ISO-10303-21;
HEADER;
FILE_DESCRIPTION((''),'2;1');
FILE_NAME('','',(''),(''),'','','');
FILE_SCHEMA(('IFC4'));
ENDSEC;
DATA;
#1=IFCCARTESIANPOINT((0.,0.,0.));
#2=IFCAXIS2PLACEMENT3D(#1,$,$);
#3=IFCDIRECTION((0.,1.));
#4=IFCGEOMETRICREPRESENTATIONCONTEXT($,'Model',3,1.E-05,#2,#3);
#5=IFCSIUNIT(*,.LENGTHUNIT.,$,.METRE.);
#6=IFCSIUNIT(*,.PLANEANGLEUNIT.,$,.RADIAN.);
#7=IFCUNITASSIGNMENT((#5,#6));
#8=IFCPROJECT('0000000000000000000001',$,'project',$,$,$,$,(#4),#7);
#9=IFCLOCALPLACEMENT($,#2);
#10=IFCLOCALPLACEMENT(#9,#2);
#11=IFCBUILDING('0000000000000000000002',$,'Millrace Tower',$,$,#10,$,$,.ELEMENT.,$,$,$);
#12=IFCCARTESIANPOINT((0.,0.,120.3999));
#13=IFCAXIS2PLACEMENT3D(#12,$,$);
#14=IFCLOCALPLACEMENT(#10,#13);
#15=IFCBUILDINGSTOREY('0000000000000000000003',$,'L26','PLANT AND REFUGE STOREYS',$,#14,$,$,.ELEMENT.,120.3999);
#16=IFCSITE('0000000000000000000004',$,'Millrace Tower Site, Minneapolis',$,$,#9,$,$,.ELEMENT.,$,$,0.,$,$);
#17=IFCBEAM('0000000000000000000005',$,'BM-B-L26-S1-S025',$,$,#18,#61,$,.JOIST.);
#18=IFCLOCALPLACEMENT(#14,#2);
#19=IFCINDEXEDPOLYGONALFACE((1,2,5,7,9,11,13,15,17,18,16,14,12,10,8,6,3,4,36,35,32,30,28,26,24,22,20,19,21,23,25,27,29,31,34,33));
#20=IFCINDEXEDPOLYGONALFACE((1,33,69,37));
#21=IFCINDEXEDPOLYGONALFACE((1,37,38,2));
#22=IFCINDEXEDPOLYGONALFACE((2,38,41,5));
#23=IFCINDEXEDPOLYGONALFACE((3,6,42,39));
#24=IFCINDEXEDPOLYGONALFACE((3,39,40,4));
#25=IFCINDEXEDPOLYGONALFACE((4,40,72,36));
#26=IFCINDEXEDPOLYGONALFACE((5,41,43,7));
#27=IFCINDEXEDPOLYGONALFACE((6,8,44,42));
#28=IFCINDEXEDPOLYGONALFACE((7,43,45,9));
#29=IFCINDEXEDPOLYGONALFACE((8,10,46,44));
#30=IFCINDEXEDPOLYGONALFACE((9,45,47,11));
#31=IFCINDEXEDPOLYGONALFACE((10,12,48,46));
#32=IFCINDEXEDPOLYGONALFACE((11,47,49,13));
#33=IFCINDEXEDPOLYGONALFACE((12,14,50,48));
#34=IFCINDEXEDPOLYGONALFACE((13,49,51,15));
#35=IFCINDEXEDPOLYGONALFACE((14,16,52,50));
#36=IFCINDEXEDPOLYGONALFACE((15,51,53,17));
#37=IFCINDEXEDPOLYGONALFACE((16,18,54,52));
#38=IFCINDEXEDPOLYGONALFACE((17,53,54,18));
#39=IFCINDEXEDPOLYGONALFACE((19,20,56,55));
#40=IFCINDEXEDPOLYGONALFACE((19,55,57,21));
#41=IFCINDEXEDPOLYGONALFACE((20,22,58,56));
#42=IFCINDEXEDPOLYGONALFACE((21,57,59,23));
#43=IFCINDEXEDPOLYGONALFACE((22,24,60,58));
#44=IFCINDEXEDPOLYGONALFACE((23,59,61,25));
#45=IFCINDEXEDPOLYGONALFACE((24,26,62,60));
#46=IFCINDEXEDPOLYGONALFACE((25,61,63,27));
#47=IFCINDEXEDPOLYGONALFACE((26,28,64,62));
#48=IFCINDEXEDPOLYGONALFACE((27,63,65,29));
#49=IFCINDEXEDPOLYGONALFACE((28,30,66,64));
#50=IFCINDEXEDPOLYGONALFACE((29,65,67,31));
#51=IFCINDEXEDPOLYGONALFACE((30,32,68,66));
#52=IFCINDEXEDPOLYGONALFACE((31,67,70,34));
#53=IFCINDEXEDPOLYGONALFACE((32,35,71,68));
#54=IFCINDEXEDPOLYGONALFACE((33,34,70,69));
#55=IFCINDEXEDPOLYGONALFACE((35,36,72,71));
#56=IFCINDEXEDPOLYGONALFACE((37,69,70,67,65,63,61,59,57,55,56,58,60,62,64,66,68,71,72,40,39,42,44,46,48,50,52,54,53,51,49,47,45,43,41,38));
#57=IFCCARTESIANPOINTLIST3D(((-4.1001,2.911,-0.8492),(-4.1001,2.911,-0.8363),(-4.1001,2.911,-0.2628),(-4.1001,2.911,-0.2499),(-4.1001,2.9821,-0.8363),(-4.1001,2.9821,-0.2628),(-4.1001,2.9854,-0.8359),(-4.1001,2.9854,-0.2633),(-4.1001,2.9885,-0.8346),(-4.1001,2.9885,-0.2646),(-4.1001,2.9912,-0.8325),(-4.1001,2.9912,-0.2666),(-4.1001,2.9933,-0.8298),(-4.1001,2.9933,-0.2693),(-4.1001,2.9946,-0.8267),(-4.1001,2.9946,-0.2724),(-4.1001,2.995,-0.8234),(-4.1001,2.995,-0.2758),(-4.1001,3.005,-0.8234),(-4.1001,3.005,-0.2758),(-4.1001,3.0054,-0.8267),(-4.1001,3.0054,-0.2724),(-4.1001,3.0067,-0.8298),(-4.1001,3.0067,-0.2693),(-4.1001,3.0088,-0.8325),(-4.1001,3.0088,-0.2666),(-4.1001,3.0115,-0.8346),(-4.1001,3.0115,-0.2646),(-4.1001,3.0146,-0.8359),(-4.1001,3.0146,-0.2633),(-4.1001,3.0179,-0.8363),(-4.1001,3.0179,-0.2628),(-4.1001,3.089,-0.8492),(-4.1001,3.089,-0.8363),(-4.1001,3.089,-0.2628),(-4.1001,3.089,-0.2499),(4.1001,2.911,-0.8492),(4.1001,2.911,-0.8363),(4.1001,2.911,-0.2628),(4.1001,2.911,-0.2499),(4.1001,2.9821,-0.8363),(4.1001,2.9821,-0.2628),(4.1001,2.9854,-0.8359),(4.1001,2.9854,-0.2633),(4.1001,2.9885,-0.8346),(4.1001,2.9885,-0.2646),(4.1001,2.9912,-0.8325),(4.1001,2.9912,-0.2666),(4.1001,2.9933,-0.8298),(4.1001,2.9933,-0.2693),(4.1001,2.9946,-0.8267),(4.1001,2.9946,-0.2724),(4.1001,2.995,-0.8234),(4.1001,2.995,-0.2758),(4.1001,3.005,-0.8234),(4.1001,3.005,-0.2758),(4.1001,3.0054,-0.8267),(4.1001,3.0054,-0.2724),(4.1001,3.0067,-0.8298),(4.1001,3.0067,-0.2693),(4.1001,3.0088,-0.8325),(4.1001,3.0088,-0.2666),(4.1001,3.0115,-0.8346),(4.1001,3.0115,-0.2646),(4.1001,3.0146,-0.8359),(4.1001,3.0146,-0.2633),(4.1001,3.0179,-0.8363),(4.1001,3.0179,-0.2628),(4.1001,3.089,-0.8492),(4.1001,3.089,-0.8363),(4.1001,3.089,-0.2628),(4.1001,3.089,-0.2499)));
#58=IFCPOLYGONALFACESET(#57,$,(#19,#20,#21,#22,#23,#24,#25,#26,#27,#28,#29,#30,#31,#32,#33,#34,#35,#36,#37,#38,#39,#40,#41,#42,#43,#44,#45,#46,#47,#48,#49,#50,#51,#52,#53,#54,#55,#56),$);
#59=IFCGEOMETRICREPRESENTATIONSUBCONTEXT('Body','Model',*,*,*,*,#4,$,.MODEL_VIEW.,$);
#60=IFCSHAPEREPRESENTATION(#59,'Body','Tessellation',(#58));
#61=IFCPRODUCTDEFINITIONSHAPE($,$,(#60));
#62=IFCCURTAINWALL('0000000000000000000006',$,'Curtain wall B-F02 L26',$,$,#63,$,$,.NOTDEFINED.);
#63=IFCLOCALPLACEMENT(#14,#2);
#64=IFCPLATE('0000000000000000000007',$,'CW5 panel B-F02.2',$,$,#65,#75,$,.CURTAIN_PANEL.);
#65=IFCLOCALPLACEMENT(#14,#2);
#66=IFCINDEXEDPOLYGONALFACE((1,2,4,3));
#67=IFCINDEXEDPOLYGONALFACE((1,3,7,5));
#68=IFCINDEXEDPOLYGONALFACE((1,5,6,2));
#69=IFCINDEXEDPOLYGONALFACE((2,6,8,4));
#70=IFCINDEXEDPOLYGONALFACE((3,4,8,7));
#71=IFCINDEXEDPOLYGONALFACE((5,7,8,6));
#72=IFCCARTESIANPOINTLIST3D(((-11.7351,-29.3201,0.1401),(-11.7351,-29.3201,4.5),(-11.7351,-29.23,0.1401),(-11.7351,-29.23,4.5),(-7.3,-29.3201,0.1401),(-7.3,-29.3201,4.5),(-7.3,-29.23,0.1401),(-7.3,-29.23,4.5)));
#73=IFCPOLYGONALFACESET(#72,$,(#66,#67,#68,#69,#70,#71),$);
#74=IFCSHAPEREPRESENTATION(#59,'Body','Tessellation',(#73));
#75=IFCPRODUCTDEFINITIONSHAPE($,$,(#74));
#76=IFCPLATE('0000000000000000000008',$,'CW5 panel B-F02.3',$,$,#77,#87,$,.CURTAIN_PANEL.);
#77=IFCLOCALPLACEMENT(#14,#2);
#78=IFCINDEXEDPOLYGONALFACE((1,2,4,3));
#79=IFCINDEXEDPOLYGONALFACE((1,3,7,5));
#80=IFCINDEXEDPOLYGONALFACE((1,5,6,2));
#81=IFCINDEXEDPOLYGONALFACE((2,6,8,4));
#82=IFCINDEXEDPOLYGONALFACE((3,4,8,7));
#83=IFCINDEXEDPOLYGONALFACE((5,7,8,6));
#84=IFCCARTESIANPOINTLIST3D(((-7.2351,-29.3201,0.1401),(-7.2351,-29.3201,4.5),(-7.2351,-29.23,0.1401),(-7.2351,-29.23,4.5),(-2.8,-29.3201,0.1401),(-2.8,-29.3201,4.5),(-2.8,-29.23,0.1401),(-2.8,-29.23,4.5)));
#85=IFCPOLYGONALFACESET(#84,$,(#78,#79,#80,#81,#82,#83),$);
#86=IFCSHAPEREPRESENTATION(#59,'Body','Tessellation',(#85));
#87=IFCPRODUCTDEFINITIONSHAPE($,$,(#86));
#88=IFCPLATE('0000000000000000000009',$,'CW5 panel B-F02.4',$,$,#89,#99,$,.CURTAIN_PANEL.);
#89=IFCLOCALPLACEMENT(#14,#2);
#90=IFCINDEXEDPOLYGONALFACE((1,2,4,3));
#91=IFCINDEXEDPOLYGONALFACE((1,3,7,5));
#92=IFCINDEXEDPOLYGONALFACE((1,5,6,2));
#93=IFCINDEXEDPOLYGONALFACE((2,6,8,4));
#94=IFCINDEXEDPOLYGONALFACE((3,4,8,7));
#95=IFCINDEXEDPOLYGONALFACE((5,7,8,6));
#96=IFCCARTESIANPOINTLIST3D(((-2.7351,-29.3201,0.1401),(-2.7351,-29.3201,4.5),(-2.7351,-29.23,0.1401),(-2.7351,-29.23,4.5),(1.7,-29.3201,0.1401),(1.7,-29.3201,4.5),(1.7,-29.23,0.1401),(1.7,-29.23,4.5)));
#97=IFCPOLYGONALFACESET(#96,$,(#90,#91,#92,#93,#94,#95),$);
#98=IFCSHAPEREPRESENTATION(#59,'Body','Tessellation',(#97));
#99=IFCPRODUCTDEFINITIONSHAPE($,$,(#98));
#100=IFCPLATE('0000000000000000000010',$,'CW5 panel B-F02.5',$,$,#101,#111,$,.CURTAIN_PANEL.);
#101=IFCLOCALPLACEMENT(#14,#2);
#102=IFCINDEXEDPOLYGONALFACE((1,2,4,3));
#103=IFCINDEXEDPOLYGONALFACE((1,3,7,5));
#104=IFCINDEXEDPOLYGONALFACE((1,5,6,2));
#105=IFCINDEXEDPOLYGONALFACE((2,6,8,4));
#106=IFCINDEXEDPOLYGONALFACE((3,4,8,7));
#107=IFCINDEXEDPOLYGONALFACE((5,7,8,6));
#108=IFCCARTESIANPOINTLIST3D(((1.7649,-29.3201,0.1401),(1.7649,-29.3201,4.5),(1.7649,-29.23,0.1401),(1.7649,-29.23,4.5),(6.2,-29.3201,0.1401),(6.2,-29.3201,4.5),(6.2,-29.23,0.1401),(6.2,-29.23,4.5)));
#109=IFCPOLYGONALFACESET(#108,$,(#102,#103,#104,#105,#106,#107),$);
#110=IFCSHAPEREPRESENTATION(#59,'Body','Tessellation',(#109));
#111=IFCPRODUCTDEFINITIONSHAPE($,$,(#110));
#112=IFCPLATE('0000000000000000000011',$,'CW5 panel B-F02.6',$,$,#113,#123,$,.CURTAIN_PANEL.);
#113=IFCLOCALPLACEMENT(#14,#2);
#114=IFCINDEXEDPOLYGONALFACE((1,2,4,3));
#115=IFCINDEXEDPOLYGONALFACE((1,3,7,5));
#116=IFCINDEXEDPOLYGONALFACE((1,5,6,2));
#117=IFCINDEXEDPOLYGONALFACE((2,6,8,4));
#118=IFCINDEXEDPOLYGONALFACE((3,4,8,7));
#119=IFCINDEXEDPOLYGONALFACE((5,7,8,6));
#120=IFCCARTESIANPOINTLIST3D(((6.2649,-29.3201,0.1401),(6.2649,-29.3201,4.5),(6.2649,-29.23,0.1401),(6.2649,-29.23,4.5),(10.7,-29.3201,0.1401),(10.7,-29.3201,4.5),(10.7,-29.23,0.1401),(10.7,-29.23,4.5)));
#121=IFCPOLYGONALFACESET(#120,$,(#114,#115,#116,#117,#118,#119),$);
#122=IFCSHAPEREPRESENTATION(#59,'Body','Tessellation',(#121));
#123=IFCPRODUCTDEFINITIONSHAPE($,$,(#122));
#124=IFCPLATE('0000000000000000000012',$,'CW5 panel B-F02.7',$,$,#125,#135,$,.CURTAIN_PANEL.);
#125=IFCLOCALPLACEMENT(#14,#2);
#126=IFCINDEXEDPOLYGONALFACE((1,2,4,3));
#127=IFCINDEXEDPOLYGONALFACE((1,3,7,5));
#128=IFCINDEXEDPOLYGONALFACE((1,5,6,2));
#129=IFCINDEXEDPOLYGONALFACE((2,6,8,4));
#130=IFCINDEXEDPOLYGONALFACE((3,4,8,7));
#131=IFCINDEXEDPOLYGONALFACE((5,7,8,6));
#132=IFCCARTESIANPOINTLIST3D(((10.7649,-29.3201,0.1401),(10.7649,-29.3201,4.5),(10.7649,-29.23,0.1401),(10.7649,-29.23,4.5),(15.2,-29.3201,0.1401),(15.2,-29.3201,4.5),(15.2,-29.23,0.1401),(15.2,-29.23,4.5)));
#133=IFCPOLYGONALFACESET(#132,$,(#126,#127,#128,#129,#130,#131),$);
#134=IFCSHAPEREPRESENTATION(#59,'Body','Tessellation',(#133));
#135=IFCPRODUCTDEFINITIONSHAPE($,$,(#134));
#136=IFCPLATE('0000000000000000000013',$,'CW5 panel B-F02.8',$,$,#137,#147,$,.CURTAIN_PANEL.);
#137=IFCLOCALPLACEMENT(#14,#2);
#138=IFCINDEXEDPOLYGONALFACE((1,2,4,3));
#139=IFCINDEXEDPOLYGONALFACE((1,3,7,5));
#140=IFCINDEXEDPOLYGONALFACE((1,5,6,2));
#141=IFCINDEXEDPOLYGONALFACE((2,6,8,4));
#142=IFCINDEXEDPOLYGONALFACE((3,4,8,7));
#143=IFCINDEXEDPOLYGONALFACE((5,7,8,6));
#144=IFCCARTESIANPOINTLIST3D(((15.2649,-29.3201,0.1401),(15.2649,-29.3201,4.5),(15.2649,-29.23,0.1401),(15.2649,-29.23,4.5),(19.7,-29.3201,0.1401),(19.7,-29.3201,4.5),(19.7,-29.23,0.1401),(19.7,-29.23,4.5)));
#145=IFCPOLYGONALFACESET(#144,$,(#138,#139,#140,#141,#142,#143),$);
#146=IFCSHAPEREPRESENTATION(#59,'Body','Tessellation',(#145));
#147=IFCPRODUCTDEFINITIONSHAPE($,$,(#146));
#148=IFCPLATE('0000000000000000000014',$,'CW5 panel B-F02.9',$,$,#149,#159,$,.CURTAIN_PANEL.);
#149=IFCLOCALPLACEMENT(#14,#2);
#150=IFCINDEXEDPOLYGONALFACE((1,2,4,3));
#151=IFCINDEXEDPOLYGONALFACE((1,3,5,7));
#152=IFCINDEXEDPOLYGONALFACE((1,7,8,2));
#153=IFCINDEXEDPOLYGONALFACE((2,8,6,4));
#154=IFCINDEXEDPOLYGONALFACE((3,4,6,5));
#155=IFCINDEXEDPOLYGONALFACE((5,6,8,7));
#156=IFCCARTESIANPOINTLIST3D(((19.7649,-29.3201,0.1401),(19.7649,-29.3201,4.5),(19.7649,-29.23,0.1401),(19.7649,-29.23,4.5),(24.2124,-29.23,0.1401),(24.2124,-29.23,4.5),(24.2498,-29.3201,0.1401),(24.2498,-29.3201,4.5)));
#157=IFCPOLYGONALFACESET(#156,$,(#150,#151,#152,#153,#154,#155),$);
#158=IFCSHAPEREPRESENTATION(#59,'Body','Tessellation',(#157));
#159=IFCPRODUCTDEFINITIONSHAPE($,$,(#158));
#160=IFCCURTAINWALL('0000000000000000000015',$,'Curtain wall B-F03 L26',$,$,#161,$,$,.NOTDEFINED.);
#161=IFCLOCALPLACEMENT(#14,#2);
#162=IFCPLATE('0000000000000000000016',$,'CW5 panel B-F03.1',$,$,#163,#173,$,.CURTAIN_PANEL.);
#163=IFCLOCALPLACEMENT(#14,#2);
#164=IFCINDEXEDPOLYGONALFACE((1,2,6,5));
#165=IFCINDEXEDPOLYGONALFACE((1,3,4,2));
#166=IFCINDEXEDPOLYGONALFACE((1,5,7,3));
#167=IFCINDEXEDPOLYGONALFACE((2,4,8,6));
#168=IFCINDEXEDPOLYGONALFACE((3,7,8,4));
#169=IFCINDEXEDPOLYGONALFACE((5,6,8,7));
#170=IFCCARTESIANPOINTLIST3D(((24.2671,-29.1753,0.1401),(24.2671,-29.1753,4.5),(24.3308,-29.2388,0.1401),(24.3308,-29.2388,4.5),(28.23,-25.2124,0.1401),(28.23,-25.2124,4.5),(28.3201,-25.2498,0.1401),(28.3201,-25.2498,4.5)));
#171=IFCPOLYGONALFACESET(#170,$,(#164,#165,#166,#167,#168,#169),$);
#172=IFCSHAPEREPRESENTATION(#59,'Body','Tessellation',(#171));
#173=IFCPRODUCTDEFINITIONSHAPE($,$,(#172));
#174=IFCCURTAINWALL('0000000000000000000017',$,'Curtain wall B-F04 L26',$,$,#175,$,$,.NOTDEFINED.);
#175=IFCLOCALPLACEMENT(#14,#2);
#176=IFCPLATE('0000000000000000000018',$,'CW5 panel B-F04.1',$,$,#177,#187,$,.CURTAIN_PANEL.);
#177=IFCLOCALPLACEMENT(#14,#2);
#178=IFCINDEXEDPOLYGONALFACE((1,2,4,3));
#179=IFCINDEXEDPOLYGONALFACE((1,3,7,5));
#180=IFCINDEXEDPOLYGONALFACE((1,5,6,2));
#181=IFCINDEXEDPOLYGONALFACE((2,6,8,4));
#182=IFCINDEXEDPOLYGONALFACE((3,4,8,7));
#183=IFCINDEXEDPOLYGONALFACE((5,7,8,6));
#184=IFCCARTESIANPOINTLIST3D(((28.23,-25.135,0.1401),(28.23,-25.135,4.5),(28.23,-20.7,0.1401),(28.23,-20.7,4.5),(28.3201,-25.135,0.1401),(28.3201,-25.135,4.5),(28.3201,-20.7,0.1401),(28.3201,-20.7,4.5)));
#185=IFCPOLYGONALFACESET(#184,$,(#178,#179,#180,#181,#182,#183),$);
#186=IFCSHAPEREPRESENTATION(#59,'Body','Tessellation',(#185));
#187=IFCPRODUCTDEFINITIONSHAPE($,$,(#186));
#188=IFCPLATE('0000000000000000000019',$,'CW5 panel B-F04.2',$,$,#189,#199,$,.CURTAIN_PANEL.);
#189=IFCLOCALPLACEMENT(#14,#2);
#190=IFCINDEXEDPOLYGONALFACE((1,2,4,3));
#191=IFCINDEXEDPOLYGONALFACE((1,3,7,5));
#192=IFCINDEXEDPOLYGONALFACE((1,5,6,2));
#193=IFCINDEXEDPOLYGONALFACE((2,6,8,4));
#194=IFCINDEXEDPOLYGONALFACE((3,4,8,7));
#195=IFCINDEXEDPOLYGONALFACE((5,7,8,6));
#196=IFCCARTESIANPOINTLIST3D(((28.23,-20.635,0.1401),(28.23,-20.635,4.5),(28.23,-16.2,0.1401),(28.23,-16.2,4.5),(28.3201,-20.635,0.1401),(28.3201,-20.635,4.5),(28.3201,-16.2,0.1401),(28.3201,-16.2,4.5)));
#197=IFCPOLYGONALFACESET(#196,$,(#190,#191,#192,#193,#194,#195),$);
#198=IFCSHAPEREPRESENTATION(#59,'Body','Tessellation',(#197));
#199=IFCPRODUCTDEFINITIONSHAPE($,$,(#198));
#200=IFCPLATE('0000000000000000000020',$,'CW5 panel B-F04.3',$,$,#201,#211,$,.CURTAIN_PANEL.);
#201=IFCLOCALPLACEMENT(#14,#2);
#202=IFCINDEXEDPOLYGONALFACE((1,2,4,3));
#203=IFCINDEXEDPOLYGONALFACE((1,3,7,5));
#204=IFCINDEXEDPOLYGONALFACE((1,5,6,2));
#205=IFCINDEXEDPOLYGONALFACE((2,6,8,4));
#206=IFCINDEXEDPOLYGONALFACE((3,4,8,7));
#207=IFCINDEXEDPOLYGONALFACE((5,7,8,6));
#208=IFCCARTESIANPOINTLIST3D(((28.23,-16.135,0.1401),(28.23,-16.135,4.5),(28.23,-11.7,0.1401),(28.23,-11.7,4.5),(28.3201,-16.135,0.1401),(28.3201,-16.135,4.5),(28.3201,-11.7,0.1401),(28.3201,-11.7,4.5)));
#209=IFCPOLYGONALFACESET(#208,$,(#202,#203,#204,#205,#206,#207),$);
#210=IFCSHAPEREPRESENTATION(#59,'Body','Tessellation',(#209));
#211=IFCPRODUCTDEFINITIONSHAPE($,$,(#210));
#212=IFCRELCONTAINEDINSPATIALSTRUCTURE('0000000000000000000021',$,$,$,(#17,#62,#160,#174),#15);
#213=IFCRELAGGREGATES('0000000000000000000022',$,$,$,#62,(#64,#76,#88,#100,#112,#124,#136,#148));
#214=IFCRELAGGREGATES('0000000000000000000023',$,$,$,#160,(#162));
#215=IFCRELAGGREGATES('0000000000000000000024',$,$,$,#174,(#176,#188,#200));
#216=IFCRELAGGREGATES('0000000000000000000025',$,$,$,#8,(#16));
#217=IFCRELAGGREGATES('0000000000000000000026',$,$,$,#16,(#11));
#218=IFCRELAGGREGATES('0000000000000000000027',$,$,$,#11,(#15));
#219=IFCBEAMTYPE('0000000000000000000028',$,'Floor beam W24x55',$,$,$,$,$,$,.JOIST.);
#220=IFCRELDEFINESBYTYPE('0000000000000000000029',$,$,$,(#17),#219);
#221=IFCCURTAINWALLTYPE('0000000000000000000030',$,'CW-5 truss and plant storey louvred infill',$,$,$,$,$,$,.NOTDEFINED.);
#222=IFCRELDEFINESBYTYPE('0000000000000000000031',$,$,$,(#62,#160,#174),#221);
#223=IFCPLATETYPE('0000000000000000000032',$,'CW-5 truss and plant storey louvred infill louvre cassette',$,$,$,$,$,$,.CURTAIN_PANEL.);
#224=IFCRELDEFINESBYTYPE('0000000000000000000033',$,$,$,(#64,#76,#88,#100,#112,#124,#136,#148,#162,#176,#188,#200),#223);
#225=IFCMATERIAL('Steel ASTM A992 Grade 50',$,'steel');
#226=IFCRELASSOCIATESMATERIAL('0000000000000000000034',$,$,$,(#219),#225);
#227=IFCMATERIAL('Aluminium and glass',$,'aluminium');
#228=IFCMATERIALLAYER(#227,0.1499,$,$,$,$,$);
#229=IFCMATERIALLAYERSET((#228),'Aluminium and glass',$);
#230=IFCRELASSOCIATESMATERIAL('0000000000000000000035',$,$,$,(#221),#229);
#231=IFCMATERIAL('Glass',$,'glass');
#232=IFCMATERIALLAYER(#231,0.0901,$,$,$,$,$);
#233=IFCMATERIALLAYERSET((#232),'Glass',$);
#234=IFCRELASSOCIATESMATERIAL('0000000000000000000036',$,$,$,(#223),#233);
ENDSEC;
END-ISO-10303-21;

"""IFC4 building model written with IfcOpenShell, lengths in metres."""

from ifc_helpers import new_model, si_unit, direction, frame, origin, origin_2d, place, context, subcontext, project, spatial, polyline, i_section, outline, extrude, material, layer, layer_set, material_profile, profile_set, type_object, element, aggregate, save


model = new_model("IFC4")

# Units and contexts
model_context = context("Model", 3, precision=1e-05, world=origin(), true_north=direction((0.0, 1.0)))
body_context = subcontext(model_context, "Body", "Model", "MODEL_VIEW")
ifc_project = project(units=[si_unit("LENGTHUNIT", "METRE"), si_unit("PLANEANGLEUNIT", "RADIAN")], contexts=[model_context])

# Site, building, storey
site_placement = place(None, origin())
site = spatial("IfcSite", under=ifc_project, at=site_placement, Name="Millrace Tower Site, Minneapolis", CompositionType="ELEMENT", RefElevation=0.0)
building_placement = place(site_placement, origin())
building = spatial("IfcBuilding", under=site, at=building_placement, Name="Millrace Tower", CompositionType="ELEMENT")
storey_placement = place(building_placement, frame((0.0, 0.0, 120.3999)))
storey = spatial("IfcBuildingStorey", under=building, at=storey_placement, Name="L26", Description="PLANT AND REFUGE STOREYS", CompositionType="ELEMENT", Elevation=120.3999)

# Beam
ifc_material_1 = material(Name="Steel ASTM A992 Grade 50", Category="steel")
ifc_material_profile = material_profile(ifc_material_1, i_section(OverallWidth=0.178, OverallDepth=0.5994, WebThickness=0.01, FlangeThickness=0.0129, FilletRadius=0.0129, at=origin_2d()))
ifc_profile_set = profile_set([ifc_material_profile], Name="Steel ASTM A992 Grade 50")
beam_type = type_object("IfcBeamType", Name="Floor beam W24x55", PredefinedType="JOIST", material=ifc_profile_set)
beam_placement = place(storey_placement, frame((-4.1001, 3.0, -0.5496), z_axis=(1.0, 0.0, 0.0), x_axis=(0.0, 1.0, 0.0)))
element("IfcBeam", 1, at=beam_placement, inside=storey, type_object=beam_type, Name="BM-B-L26-S1-S025", PredefinedType="JOIST", context=body_context, shape_type="SweptSolid", body=[
    extrude(i_section(OverallWidth=0.178, OverallDepth=0.5994, WebThickness=0.01, FlangeThickness=0.0129, FilletRadius=0.0129, at=origin_2d()), origin(), (0.0, 0.0, 1.0), 8.2002),
])

# Curtain wall, plates
ifc_material_2 = material(Name="Aluminium and glass", Category="aluminium")
ifc_layer_1 = layer(ifc_material_2, 0.1499)
ifc_layer_set_1 = layer_set([ifc_layer_1], Name="Aluminium and glass")
curtain_wall_type = type_object("IfcCurtainWallType", Name="CW-5 truss and plant storey louvred infill", PredefinedType="NOTDEFINED", material=ifc_layer_set_1)
placement_1 = place(storey_placement, origin())
curtain_wall_1 = element("IfcCurtainWall", 2, at=placement_1, inside=storey, type_object=curtain_wall_type, Name="Curtain wall B-F02 L26", PredefinedType="NOTDEFINED")
ifc_material_3 = material(Name="Glass", Category="glass")
ifc_layer_2 = layer(ifc_material_3, 0.0901)
ifc_layer_set_2 = layer_set([ifc_layer_2], Name="Glass")
plate_type = type_object("IfcPlateType", Name="CW-5 truss and plant storey louvred infill louvre cassette", PredefinedType="CURTAIN_PANEL", material=ifc_layer_set_2)
placement_2 = place(storey_placement, frame((0.0, 0.0, 0.1401)))
plate_1 = element("IfcPlate", 3, at=placement_2, type_object=plate_type, Name="CW5 panel B-F02.2", PredefinedType="CURTAIN_PANEL", context=body_context, shape_type="SweptSolid", body=[
    extrude(outline(polyline([(-11.7351, -29.3201), (-7.3, -29.3201), (-7.3, -29.23), (-11.7351, -29.23), (-11.7351, -29.3201)])), origin(), (0.0, 0.0, 1.0), 4.3599),
])
plate_2 = element("IfcPlate", 4, at=placement_2, type_object=plate_type, Name="CW5 panel B-F02.3", PredefinedType="CURTAIN_PANEL", context=body_context, shape_type="SweptSolid", body=[
    extrude(outline(polyline([(-7.2351, -29.3201), (-2.8, -29.3201), (-2.8, -29.23), (-7.2351, -29.23), (-7.2351, -29.3201)])), origin(), (0.0, 0.0, 1.0), 4.3599),
])
plate_3 = element("IfcPlate", 5, at=placement_2, type_object=plate_type, Name="CW5 panel B-F02.4", PredefinedType="CURTAIN_PANEL", context=body_context, shape_type="SweptSolid", body=[
    extrude(outline(polyline([(-2.7351, -29.3201), (1.7, -29.3201), (1.7, -29.23), (-2.7351, -29.23), (-2.7351, -29.3201)])), origin(), (0.0, 0.0, 1.0), 4.3599),
])
plate_4 = element("IfcPlate", 6, at=placement_2, type_object=plate_type, Name="CW5 panel B-F02.5", PredefinedType="CURTAIN_PANEL", context=body_context, shape_type="SweptSolid", body=[
    extrude(outline(polyline([(1.7649, -29.3201), (6.2, -29.3201), (6.2, -29.23), (1.7649, -29.23), (1.7649, -29.3201)])), origin(), (0.0, 0.0, 1.0), 4.3599),
])
plate_5 = element("IfcPlate", 7, at=placement_2, type_object=plate_type, Name="CW5 panel B-F02.6", PredefinedType="CURTAIN_PANEL", context=body_context, shape_type="SweptSolid", body=[
    extrude(outline(polyline([(6.2649, -29.3201), (10.7, -29.3201), (10.7, -29.23), (6.2649, -29.23), (6.2649, -29.3201)])), origin(), (0.0, 0.0, 1.0), 4.3599),
])
plate_6 = element("IfcPlate", 8, at=placement_2, type_object=plate_type, Name="CW5 panel B-F02.7", PredefinedType="CURTAIN_PANEL", context=body_context, shape_type="SweptSolid", body=[
    extrude(outline(polyline([(10.7649, -29.3201), (15.2, -29.3201), (15.2, -29.23), (10.7649, -29.23), (10.7649, -29.3201)])), origin(), (0.0, 0.0, 1.0), 4.3599),
])
plate_7 = element("IfcPlate", 9, at=placement_2, type_object=plate_type, Name="CW5 panel B-F02.8", PredefinedType="CURTAIN_PANEL", context=body_context, shape_type="SweptSolid", body=[
    extrude(outline(polyline([(15.2649, -29.3201), (19.7, -29.3201), (19.7, -29.23), (15.2649, -29.23), (15.2649, -29.3201)])), origin(), (0.0, 0.0, 1.0), 4.3599),
])
plate_8 = element("IfcPlate", 10, at=placement_2, type_object=plate_type, Name="CW5 panel B-F02.9", PredefinedType="CURTAIN_PANEL", context=body_context, shape_type="SweptSolid", body=[
    extrude(outline(polyline([(19.7649, -29.3201), (24.2498, -29.3201), (24.2124, -29.23), (19.7649, -29.23), (19.7649, -29.3201)])), origin(), (0.0, 0.0, 1.0), 4.3599),
])
aggregate(curtain_wall_1, [plate_1, plate_2, plate_3, plate_4, plate_5, plate_6, plate_7, plate_8])

# Curtain wall, plate
curtain_wall_2 = element("IfcCurtainWall", 11, at=placement_1, inside=storey, type_object=curtain_wall_type, Name="Curtain wall B-F03 L26", PredefinedType="NOTDEFINED")
plate_9 = element("IfcPlate", 12, at=placement_2, type_object=plate_type, Name="CW5 panel B-F03.1", PredefinedType="CURTAIN_PANEL", context=body_context, shape_type="SweptSolid", body=[
    extrude(outline(polyline([(24.3308, -29.2388), (28.3201, -25.2498), (28.23, -25.2124), (24.2671, -29.1753), (24.3308, -29.2388)])), origin(), (0.0, 0.0, 1.0), 4.3599),
])
aggregate(curtain_wall_2, [plate_9])

# Curtain wall, plates
curtain_wall_3 = element("IfcCurtainWall", 13, at=placement_1, inside=storey, type_object=curtain_wall_type, Name="Curtain wall B-F04 L26", PredefinedType="NOTDEFINED")
plate_10 = element("IfcPlate", 14, at=placement_2, type_object=plate_type, Name="CW5 panel B-F04.1", PredefinedType="CURTAIN_PANEL", context=body_context, shape_type="SweptSolid", body=[
    extrude(outline(polyline([(28.3201, -25.135), (28.3201, -20.7), (28.23, -20.7), (28.23, -25.135), (28.3201, -25.135)])), origin(), (0.0, 0.0, 1.0), 4.3599),
])
plate_11 = element("IfcPlate", 15, at=placement_2, type_object=plate_type, Name="CW5 panel B-F04.2", PredefinedType="CURTAIN_PANEL", context=body_context, shape_type="SweptSolid", body=[
    extrude(outline(polyline([(28.3201, -20.635), (28.3201, -16.2), (28.23, -16.2), (28.23, -20.635), (28.3201, -20.635)])), origin(), (0.0, 0.0, 1.0), 4.3599),
])
plate_12 = element("IfcPlate", 16, at=placement_2, type_object=plate_type, Name="CW5 panel B-F04.3", PredefinedType="CURTAIN_PANEL", context=body_context, shape_type="SweptSolid", body=[
    extrude(outline(polyline([(28.3201, -16.135), (28.3201, -11.7), (28.23, -11.7), (28.23, -16.135), (28.3201, -16.135)])), origin(), (0.0, 0.0, 1.0), 4.3599),
])
aggregate(curtain_wall_3, [plate_10, plate_11, plate_12])

save(model, "model.ifc")
